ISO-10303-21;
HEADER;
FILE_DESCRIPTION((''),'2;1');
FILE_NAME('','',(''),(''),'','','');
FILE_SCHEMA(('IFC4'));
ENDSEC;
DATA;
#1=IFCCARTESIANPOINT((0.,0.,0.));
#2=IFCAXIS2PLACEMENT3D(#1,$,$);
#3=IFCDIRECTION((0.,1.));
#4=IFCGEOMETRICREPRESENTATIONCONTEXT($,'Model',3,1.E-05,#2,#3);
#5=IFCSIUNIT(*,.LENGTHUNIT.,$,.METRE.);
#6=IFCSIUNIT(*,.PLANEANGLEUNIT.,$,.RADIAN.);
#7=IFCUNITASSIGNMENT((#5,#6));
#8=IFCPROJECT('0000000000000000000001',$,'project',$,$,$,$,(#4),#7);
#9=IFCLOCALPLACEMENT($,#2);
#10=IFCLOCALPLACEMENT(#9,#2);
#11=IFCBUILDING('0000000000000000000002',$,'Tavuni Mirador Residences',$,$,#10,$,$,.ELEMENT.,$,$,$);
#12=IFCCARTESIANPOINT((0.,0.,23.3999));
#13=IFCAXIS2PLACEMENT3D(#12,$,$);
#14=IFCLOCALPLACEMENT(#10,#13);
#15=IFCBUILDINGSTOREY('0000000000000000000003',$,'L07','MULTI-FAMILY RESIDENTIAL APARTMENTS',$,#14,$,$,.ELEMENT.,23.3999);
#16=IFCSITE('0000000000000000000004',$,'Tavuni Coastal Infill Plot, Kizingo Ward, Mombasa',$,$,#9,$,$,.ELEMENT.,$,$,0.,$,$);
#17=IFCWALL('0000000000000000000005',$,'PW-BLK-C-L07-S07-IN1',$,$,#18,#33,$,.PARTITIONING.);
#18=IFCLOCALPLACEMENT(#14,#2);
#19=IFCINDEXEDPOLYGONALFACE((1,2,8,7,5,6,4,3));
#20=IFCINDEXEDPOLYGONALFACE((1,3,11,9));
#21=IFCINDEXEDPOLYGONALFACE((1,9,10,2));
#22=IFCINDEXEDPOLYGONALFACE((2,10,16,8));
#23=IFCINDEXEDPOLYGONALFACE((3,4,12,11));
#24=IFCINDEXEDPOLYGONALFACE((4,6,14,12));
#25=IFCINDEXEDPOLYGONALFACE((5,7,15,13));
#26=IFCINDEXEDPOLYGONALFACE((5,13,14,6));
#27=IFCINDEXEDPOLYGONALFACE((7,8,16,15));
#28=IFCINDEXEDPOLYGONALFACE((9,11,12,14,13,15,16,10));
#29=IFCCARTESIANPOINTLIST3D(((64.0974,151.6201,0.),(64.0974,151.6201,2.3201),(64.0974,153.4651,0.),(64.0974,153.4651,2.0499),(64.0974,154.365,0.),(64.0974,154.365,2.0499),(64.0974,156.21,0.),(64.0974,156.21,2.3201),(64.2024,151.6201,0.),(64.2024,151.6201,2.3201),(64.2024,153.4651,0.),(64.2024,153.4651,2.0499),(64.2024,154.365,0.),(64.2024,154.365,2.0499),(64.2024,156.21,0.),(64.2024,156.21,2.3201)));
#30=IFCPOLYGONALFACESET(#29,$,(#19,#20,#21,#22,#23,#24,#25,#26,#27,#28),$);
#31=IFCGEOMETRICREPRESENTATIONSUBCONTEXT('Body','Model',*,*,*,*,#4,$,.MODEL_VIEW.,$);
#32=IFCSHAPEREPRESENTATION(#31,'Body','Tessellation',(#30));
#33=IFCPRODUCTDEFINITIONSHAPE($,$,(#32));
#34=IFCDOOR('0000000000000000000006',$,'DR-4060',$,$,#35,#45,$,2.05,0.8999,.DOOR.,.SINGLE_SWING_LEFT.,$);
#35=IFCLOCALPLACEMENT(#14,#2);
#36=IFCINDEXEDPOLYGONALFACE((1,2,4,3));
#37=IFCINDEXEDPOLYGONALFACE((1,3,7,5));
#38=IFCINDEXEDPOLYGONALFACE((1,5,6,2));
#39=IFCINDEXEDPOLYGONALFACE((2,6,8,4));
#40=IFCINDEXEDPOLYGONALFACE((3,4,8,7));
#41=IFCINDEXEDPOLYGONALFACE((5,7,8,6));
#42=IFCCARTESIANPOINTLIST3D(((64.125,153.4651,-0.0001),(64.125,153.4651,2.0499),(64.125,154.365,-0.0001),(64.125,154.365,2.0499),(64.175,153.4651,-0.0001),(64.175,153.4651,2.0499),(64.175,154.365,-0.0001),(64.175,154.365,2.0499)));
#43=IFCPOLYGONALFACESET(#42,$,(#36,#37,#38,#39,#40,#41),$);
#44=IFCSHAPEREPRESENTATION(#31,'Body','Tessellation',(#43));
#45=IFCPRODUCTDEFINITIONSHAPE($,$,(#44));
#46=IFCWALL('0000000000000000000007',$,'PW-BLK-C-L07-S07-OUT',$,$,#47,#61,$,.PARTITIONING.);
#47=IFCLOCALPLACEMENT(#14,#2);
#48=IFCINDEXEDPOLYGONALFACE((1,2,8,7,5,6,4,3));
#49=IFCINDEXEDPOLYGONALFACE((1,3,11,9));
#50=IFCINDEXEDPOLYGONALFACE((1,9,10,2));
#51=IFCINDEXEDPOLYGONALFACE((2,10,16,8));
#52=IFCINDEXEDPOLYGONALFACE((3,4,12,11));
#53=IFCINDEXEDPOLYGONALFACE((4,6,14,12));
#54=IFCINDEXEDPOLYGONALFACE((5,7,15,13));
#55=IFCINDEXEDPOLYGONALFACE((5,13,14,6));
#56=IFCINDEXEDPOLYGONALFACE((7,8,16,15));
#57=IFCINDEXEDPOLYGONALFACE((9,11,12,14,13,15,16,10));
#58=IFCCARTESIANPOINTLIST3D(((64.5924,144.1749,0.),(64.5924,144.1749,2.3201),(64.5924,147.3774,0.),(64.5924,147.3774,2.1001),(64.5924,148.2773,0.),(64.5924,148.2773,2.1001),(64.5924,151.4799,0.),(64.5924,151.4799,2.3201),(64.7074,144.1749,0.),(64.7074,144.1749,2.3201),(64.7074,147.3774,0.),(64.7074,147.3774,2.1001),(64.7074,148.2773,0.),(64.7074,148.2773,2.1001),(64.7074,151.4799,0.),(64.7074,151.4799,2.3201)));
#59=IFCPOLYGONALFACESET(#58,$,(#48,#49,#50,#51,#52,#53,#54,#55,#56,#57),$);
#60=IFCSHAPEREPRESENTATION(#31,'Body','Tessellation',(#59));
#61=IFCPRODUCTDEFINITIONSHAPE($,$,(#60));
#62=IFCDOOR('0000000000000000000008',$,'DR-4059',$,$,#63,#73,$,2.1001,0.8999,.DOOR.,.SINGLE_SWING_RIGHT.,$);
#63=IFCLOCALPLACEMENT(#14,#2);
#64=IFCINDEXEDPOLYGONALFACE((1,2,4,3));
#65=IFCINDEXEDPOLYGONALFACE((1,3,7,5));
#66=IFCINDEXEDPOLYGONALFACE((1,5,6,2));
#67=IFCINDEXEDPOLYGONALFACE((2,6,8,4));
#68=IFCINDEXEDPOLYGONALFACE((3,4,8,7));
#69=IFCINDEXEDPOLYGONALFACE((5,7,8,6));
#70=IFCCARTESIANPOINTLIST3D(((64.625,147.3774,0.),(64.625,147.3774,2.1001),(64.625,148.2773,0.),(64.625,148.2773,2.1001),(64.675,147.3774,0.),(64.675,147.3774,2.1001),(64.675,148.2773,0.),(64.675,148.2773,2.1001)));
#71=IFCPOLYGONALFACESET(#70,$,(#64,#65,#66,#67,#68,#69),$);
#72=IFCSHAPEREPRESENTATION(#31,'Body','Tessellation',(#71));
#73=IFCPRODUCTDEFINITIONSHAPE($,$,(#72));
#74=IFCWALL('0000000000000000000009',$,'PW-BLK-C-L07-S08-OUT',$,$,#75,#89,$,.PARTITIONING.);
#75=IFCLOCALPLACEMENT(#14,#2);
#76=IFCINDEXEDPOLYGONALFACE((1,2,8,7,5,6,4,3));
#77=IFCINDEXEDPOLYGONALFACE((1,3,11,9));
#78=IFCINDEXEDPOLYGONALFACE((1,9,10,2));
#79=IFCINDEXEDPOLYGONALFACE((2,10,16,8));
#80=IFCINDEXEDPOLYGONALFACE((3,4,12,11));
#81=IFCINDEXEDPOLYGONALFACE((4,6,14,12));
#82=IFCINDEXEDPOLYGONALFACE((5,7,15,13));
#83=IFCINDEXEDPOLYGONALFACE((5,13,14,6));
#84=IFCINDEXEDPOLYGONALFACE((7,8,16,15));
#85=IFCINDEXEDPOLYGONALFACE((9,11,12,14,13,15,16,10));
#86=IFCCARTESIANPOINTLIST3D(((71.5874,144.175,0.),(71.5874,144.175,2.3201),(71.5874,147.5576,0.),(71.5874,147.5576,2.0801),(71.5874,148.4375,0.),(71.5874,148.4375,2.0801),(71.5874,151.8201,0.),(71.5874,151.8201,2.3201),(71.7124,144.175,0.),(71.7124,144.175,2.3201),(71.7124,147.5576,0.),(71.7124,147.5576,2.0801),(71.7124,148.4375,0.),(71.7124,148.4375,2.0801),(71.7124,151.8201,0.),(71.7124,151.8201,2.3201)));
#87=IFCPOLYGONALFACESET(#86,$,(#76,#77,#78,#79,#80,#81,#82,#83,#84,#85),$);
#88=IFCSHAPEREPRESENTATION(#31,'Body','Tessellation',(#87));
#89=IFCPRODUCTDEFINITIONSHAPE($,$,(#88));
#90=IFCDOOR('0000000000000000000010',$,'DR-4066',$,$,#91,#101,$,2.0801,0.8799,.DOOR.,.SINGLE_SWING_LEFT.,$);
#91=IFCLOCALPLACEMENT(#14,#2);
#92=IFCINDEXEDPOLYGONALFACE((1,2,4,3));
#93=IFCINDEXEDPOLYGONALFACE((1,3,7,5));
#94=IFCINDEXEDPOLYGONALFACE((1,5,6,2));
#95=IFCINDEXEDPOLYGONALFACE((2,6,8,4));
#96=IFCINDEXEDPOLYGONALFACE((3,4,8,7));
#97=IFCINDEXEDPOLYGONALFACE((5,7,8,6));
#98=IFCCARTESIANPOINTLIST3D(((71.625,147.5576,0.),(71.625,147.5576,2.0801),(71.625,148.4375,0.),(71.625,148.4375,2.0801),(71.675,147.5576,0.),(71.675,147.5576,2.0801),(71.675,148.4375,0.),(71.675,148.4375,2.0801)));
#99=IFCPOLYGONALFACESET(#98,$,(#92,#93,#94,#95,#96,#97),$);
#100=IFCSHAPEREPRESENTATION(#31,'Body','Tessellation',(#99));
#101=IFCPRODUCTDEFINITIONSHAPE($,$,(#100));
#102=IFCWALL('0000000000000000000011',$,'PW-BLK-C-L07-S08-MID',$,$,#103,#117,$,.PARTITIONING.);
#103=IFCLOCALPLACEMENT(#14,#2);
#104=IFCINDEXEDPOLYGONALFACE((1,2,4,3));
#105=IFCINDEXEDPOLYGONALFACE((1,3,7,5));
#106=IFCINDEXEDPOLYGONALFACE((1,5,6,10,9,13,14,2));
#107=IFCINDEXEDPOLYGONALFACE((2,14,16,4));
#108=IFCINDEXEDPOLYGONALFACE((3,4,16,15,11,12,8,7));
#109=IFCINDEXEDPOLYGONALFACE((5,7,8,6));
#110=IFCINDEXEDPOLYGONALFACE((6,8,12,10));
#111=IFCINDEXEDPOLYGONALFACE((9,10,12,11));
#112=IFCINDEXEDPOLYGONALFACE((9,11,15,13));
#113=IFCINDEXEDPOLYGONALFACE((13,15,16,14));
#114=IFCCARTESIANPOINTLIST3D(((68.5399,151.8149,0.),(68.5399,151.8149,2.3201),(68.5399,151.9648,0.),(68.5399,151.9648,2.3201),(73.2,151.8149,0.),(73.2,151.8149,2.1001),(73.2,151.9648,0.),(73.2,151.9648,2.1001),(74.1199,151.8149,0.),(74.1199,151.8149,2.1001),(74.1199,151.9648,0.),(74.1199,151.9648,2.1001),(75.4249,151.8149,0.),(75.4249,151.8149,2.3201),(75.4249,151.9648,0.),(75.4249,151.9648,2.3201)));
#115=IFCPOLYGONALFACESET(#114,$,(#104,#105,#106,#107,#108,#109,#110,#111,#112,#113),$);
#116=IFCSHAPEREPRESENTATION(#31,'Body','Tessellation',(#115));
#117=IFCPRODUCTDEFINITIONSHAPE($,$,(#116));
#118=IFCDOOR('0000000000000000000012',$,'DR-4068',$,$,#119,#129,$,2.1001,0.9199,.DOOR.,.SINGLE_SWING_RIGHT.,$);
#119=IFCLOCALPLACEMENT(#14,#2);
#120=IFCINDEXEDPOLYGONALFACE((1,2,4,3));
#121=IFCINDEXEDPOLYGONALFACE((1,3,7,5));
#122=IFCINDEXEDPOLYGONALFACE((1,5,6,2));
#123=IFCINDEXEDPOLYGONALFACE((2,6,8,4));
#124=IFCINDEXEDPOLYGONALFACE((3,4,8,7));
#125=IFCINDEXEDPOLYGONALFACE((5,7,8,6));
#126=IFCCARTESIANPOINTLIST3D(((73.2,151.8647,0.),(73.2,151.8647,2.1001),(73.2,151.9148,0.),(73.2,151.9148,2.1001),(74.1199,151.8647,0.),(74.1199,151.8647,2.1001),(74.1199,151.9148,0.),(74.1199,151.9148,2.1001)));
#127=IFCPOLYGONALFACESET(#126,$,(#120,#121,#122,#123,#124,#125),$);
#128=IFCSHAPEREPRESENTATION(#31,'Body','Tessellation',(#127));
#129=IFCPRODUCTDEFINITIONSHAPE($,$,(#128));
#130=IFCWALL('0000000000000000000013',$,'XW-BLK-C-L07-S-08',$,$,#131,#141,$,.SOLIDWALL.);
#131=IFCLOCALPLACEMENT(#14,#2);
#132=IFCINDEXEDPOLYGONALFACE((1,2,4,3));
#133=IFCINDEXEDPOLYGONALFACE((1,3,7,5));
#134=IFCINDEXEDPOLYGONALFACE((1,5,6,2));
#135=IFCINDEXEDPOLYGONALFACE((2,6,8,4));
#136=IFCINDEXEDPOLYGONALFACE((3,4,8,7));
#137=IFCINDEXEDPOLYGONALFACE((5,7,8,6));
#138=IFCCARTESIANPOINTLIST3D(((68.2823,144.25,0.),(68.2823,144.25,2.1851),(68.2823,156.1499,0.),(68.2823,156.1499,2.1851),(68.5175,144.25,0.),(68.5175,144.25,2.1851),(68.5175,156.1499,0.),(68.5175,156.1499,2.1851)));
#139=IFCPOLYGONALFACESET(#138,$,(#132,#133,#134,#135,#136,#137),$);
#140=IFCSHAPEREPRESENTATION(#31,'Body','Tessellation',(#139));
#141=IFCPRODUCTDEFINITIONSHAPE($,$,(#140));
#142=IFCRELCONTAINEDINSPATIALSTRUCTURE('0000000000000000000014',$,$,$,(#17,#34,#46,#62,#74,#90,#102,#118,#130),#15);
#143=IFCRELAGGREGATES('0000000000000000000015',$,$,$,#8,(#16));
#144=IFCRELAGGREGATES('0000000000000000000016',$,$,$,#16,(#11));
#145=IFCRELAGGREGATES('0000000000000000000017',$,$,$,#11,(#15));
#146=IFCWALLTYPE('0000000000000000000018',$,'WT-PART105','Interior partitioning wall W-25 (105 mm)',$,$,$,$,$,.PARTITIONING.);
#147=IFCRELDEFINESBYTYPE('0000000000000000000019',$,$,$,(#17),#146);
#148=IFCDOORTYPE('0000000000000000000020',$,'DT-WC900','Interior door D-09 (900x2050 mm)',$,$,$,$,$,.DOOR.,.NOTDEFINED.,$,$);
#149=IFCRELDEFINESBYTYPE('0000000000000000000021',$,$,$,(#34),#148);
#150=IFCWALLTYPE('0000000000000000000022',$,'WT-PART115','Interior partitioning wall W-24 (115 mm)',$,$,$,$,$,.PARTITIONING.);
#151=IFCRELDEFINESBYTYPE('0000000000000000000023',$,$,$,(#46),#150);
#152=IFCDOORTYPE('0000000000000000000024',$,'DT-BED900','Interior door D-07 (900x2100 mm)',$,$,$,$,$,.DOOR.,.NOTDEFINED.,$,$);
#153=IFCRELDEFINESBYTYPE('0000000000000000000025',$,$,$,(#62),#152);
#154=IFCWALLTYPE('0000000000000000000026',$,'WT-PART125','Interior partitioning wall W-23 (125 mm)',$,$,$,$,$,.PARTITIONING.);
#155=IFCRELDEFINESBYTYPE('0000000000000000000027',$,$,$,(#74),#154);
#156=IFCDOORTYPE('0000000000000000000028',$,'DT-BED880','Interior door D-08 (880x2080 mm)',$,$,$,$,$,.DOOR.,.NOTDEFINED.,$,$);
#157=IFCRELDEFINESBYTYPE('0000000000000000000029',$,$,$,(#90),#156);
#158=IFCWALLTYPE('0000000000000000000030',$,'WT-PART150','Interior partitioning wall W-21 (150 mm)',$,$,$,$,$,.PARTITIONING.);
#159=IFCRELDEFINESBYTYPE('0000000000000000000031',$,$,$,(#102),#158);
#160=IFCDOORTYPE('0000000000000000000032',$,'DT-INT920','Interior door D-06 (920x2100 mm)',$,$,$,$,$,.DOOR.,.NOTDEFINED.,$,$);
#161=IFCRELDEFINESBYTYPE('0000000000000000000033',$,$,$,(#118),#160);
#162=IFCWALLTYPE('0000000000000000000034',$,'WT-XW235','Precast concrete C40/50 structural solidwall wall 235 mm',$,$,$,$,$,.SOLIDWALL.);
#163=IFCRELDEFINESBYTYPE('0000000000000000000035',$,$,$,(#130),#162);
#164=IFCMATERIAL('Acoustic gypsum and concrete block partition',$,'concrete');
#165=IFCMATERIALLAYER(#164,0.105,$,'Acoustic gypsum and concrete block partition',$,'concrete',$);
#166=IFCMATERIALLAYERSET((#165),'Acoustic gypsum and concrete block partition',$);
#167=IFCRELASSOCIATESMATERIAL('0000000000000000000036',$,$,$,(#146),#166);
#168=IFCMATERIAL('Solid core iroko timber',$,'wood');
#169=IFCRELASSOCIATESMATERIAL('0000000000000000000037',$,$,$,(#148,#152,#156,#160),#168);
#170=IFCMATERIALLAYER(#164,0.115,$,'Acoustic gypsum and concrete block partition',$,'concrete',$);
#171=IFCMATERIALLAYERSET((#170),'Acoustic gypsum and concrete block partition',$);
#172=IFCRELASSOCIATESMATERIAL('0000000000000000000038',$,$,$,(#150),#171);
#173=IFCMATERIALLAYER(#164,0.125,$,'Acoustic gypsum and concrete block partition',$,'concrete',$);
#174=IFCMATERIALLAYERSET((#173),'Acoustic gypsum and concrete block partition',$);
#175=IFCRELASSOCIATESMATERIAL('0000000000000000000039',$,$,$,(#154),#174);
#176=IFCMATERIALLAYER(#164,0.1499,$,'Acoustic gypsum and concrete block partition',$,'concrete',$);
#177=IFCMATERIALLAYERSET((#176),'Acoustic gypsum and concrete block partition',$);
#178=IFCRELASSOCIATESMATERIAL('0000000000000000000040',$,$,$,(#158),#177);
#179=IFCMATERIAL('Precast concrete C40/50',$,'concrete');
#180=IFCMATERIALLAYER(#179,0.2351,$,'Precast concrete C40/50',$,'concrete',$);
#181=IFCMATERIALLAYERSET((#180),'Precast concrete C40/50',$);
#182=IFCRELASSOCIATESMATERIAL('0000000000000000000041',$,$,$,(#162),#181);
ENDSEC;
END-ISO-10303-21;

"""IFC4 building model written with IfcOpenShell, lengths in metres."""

from ifc_helpers import new_model, si_unit, direction, frame, frame_2d, origin, place, context, subcontext, project, spatial, rectangle, extrude, material, layer, layer_set, type_object, element, fill, save


model = new_model("IFC4")

# Units and contexts
model_context = context("Model", 3, precision=1e-05, world=origin(), true_north=direction((0.0, 1.0)))
body_context = subcontext(model_context, "Body", "Model", "MODEL_VIEW")
ifc_project = project(units=[si_unit("LENGTHUNIT", "METRE"), si_unit("PLANEANGLEUNIT", "RADIAN")], contexts=[model_context])

# Site, building, storey
site_placement = place(None, origin())
site = spatial("IfcSite", under=ifc_project, at=site_placement, Name="Tavuni Coastal Infill Plot, Kizingo Ward, Mombasa", CompositionType="ELEMENT", RefElevation=0.0)
building_placement = place(site_placement, origin())
building = spatial("IfcBuilding", under=site, at=building_placement, Name="Tavuni Mirador Residences", CompositionType="ELEMENT")
storey_placement = place(building_placement, frame((0.0, 0.0, 23.3999)))
storey = spatial("IfcBuildingStorey", under=building, at=storey_placement, Name="L07", Description="MULTI-FAMILY RESIDENTIAL APARTMENTS", CompositionType="ELEMENT", Elevation=23.3999)

# Shared definitions
ifc_material_1 = material(Name="Precast concrete C40/50", Category="concrete")

# Shared definitions
ifc_material_2 = material(Name="Solid core iroko timber", Category="wood")

# Walls, openings, doors
ifc_material_3 = material(Name="Acoustic gypsum and concrete block partition", Category="concrete")
ifc_layer_1 = layer(ifc_material_3, 0.105, Name="Acoustic gypsum and concrete block partition", Category="concrete")
ifc_layer_set_1 = layer_set([ifc_layer_1], Name="Acoustic gypsum and concrete block partition")
wall_type_1 = type_object("IfcWallType", Name="WT-PART105", Description="Interior partitioning wall W-25 (105 mm)", PredefinedType="PARTITIONING", material=ifc_layer_set_1)
wall_1_placement = place(storey_placement, frame((64.1499, 151.6201, 0.0), z_axis=(0.0, 0.0, 1.0), x_axis=(0.0, 1.0, 0.0)))
wall_1 = element("IfcWall", 1, at=wall_1_placement, inside=storey, type_object=wall_type_1, Name="PW-BLK-C-L07-S07-IN1", PredefinedType="PARTITIONING", context=body_context, shape_type="SweptSolid", body=[
    extrude(rectangle(XDim=4.5898, YDim=0.105, at=frame_2d((2.2949, 0.0))), origin(), (0.0, 0.0, 1.0), 2.3201),
])
opening_1_placement = place(wall_1_placement, frame((1.845, 0.0, 0.0)))
opening_1 = element("IfcOpeningElement", 2, at=opening_1_placement, cuts=wall_1, PredefinedType="OPENING", context=body_context, shape_type="SweptSolid", body=[
    extrude(rectangle(XDim=0.8999, YDim=2.05, at=frame_2d((0.45, 1.0249))), frame((0.0, 0.0625, 0.0), z_axis=(0.0, -1.0, 0.0), x_axis=(1.0, 0.0, 0.0)), (0.0, 0.0, 1.0), 0.125),
])
door_type_1 = type_object("IfcDoorType", Name="DT-WC900", Description="Interior door D-09 (900x2050 mm)", OperationType="NOTDEFINED", PredefinedType="DOOR", material=ifc_material_2)
door_1_placement = place(opening_1_placement, origin())
door_1 = element("IfcDoor", 3, at=door_1_placement, inside=storey, type_object=door_type_1, Name="DR-4060", OperationType="SINGLE_SWING_LEFT", OverallHeight=2.05, OverallWidth=0.8999, PredefinedType="DOOR", context=body_context, shape_type="SweptSolid", body=[
    extrude(rectangle(XDim=0.8999, YDim=2.05, at=frame_2d((0.45, 1.0249))), frame((0.0, 0.0249, 0.0), z_axis=(0.0, -1.0, 0.0), x_axis=(1.0, 0.0, 0.0)), (0.0, 0.0, 1.0), 0.05),
])
fill(opening_1, door_1)
ifc_layer_2 = layer(ifc_material_3, 0.115, Name="Acoustic gypsum and concrete block partition", Category="concrete")
ifc_layer_set_2 = layer_set([ifc_layer_2], Name="Acoustic gypsum and concrete block partition")
wall_type_2 = type_object("IfcWallType", Name="WT-PART115", Description="Interior partitioning wall W-24 (115 mm)", PredefinedType="PARTITIONING", material=ifc_layer_set_2)
wall_2_placement = place(storey_placement, frame((64.6499, 144.175, 0.0), z_axis=(0.0, 0.0, 1.0), x_axis=(0.0, 1.0, 0.0)))
wall_2 = element("IfcWall", 4, at=wall_2_placement, inside=storey, type_object=wall_type_2, Name="PW-BLK-C-L07-S07-OUT", PredefinedType="PARTITIONING", context=body_context, shape_type="SweptSolid", body=[
    extrude(rectangle(XDim=7.3049, YDim=0.115, at=frame_2d((3.6523, 0.0))), origin(), (0.0, 0.0, 1.0), 2.3201),
])
opening_2_placement = place(wall_2_placement, frame((3.2024, 0.0, 0.0)))
opening_2 = element("IfcOpeningElement", 5, at=opening_2_placement, cuts=wall_2, PredefinedType="OPENING", context=body_context, shape_type="SweptSolid", body=[
    extrude(rectangle(XDim=0.8999, YDim=2.1001, at=frame_2d((0.45, 1.05))), frame((0.0, 0.0674, 0.0), z_axis=(0.0, -1.0, 0.0), x_axis=(1.0, 0.0, 0.0)), (0.0, 0.0, 1.0), 0.135),
])
door_type_2 = type_object("IfcDoorType", Name="DT-BED900", Description="Interior door D-07 (900x2100 mm)", OperationType="NOTDEFINED", PredefinedType="DOOR", material=ifc_material_2)
door_2_placement = place(opening_2_placement, origin())
door_2 = element("IfcDoor", 6, at=door_2_placement, inside=storey, type_object=door_type_2, Name="DR-4059", OperationType="SINGLE_SWING_RIGHT", OverallHeight=2.1001, OverallWidth=0.8999, PredefinedType="DOOR", context=body_context, shape_type="SweptSolid", body=[
    extrude(rectangle(XDim=0.8999, YDim=2.1001, at=frame_2d((0.45, 1.05))), frame((0.0, 0.0249, 0.0), z_axis=(0.0, -1.0, 0.0), x_axis=(1.0, 0.0, 0.0)), (0.0, 0.0, 1.0), 0.05),
])
fill(opening_2, door_2)
ifc_layer_3 = layer(ifc_material_3, 0.125, Name="Acoustic gypsum and concrete block partition", Category="concrete")
ifc_layer_set_3 = layer_set([ifc_layer_3], Name="Acoustic gypsum and concrete block partition")
wall_type_3 = type_object("IfcWallType", Name="WT-PART125", Description="Interior partitioning wall W-23 (125 mm)", PredefinedType="PARTITIONING", material=ifc_layer_set_3)
wall_3_placement = place(storey_placement, frame((71.6499, 144.175, 0.0), z_axis=(0.0, 0.0, 1.0), x_axis=(0.0, 1.0, 0.0)))
wall_3 = element("IfcWall", 7, at=wall_3_placement, inside=storey, type_object=wall_type_3, Name="PW-BLK-C-L07-S08-OUT", PredefinedType="PARTITIONING", context=body_context, shape_type="SweptSolid", body=[
    extrude(rectangle(XDim=7.645, YDim=0.125, at=frame_2d((3.8225, 0.0))), origin(), (0.0, 0.0, 1.0), 2.3201),
])
opening_3_placement = place(wall_3_placement, frame((3.3826, 0.0, 0.0)))
opening_3 = element("IfcOpeningElement", 8, at=opening_3_placement, cuts=wall_3, PredefinedType="OPENING", context=body_context, shape_type="SweptSolid", body=[
    extrude(rectangle(XDim=0.8799, YDim=2.0801, at=frame_2d((0.4399, 1.04))), frame((0.0, 0.0725, 0.0), z_axis=(0.0, -1.0, 0.0), x_axis=(1.0, 0.0, 0.0)), (0.0, 0.0, 1.0), 0.145),
])
door_type_3 = type_object("IfcDoorType", Name="DT-BED880", Description="Interior door D-08 (880x2080 mm)", OperationType="NOTDEFINED", PredefinedType="DOOR", material=ifc_material_2)
door_3_placement = place(opening_3_placement, origin())
door_3 = element("IfcDoor", 9, at=door_3_placement, inside=storey, type_object=door_type_3, Name="DR-4066", OperationType="SINGLE_SWING_LEFT", OverallHeight=2.0801, OverallWidth=0.8799, PredefinedType="DOOR", context=body_context, shape_type="SweptSolid", body=[
    extrude(rectangle(XDim=0.8799, YDim=2.0801, at=frame_2d((0.4399, 1.04))), frame((0.0, 0.0249, 0.0), z_axis=(0.0, -1.0, 0.0), x_axis=(1.0, 0.0, 0.0)), (0.0, 0.0, 1.0), 0.05),
])
fill(opening_3, door_3)
ifc_layer_4 = layer(ifc_material_3, 0.1499, Name="Acoustic gypsum and concrete block partition", Category="concrete")
ifc_layer_set_4 = layer_set([ifc_layer_4], Name="Acoustic gypsum and concrete block partition")
wall_type_4 = type_object("IfcWallType", Name="WT-PART150", Description="Interior partitioning wall W-21 (150 mm)", PredefinedType="PARTITIONING", material=ifc_layer_set_4)
wall_4_placement = place(storey_placement, frame((68.54, 151.8899, 0.0), z_axis=(0.0, 0.0, 1.0), x_axis=(1.0, 0.0, 0.0)))
wall_4 = element("IfcWall", 10, at=wall_4_placement, inside=storey, type_object=wall_type_4, Name="PW-BLK-C-L07-S08-MID", PredefinedType="PARTITIONING", context=body_context, shape_type="SweptSolid", body=[
    extrude(rectangle(XDim=6.885, YDim=0.1499, at=frame_2d((3.4424, 0.0))), origin(), (0.0, 0.0, 1.0), 2.3201),
])
opening_4_placement = place(wall_4_placement, frame((4.6599, 0.0, 0.0)))
opening_4 = element("IfcOpeningElement", 11, at=opening_4_placement, cuts=wall_4, PredefinedType="OPENING", context=body_context, shape_type="SweptSolid", body=[
    extrude(rectangle(XDim=0.9199, YDim=2.1001, at=frame_2d((0.46, 1.05))), frame((0.0, 0.085, 0.0), z_axis=(0.0, -1.0, 0.0), x_axis=(1.0, 0.0, 0.0)), (0.0, 0.0, 1.0), 0.1699),
])
door_type_4 = type_object("IfcDoorType", Name="DT-INT920", Description="Interior door D-06 (920x2100 mm)", OperationType="NOTDEFINED", PredefinedType="DOOR", material=ifc_material_2)
door_4_placement = place(opening_4_placement, origin())
door_4 = element("IfcDoor", 12, at=door_4_placement, inside=storey, type_object=door_type_4, Name="DR-4068", OperationType="SINGLE_SWING_RIGHT", OverallHeight=2.1001, OverallWidth=0.9199, PredefinedType="DOOR", context=body_context, shape_type="SweptSolid", body=[
    extrude(rectangle(XDim=0.9199, YDim=2.1001, at=frame_2d((0.46, 1.05))), frame((0.0, 0.0249, 0.0), z_axis=(0.0, -1.0, 0.0), x_axis=(1.0, 0.0, 0.0)), (0.0, 0.0, 1.0), 0.05),
])
fill(opening_4, door_4)

# Wall
ifc_layer_5 = layer(ifc_material_1, 0.2351, Name="Precast concrete C40/50", Category="concrete")
ifc_layer_set_5 = layer_set([ifc_layer_5], Name="Precast concrete C40/50")
wall_type_5 = type_object("IfcWallType", Name="WT-XW235", Description="Precast concrete C40/50 structural solidwall wall 235 mm", PredefinedType="SOLIDWALL", material=ifc_layer_set_5)
wall_5_placement = place(storey_placement, frame((68.3999, 144.25, 0.0), z_axis=(0.0, 0.0, 1.0), x_axis=(0.0, 1.0, 0.0)))
element("IfcWall", 13, at=wall_5_placement, inside=storey, type_object=wall_type_5, Name="XW-BLK-C-L07-S-08", PredefinedType="SOLIDWALL", context=body_context, shape_type="SweptSolid", body=[
    extrude(rectangle(XDim=11.8999, YDim=0.2351, at=frame_2d((5.95, 0.0))), origin(), (0.0, 0.0, 1.0), 2.1851),
])

save(model, "model.ifc")
